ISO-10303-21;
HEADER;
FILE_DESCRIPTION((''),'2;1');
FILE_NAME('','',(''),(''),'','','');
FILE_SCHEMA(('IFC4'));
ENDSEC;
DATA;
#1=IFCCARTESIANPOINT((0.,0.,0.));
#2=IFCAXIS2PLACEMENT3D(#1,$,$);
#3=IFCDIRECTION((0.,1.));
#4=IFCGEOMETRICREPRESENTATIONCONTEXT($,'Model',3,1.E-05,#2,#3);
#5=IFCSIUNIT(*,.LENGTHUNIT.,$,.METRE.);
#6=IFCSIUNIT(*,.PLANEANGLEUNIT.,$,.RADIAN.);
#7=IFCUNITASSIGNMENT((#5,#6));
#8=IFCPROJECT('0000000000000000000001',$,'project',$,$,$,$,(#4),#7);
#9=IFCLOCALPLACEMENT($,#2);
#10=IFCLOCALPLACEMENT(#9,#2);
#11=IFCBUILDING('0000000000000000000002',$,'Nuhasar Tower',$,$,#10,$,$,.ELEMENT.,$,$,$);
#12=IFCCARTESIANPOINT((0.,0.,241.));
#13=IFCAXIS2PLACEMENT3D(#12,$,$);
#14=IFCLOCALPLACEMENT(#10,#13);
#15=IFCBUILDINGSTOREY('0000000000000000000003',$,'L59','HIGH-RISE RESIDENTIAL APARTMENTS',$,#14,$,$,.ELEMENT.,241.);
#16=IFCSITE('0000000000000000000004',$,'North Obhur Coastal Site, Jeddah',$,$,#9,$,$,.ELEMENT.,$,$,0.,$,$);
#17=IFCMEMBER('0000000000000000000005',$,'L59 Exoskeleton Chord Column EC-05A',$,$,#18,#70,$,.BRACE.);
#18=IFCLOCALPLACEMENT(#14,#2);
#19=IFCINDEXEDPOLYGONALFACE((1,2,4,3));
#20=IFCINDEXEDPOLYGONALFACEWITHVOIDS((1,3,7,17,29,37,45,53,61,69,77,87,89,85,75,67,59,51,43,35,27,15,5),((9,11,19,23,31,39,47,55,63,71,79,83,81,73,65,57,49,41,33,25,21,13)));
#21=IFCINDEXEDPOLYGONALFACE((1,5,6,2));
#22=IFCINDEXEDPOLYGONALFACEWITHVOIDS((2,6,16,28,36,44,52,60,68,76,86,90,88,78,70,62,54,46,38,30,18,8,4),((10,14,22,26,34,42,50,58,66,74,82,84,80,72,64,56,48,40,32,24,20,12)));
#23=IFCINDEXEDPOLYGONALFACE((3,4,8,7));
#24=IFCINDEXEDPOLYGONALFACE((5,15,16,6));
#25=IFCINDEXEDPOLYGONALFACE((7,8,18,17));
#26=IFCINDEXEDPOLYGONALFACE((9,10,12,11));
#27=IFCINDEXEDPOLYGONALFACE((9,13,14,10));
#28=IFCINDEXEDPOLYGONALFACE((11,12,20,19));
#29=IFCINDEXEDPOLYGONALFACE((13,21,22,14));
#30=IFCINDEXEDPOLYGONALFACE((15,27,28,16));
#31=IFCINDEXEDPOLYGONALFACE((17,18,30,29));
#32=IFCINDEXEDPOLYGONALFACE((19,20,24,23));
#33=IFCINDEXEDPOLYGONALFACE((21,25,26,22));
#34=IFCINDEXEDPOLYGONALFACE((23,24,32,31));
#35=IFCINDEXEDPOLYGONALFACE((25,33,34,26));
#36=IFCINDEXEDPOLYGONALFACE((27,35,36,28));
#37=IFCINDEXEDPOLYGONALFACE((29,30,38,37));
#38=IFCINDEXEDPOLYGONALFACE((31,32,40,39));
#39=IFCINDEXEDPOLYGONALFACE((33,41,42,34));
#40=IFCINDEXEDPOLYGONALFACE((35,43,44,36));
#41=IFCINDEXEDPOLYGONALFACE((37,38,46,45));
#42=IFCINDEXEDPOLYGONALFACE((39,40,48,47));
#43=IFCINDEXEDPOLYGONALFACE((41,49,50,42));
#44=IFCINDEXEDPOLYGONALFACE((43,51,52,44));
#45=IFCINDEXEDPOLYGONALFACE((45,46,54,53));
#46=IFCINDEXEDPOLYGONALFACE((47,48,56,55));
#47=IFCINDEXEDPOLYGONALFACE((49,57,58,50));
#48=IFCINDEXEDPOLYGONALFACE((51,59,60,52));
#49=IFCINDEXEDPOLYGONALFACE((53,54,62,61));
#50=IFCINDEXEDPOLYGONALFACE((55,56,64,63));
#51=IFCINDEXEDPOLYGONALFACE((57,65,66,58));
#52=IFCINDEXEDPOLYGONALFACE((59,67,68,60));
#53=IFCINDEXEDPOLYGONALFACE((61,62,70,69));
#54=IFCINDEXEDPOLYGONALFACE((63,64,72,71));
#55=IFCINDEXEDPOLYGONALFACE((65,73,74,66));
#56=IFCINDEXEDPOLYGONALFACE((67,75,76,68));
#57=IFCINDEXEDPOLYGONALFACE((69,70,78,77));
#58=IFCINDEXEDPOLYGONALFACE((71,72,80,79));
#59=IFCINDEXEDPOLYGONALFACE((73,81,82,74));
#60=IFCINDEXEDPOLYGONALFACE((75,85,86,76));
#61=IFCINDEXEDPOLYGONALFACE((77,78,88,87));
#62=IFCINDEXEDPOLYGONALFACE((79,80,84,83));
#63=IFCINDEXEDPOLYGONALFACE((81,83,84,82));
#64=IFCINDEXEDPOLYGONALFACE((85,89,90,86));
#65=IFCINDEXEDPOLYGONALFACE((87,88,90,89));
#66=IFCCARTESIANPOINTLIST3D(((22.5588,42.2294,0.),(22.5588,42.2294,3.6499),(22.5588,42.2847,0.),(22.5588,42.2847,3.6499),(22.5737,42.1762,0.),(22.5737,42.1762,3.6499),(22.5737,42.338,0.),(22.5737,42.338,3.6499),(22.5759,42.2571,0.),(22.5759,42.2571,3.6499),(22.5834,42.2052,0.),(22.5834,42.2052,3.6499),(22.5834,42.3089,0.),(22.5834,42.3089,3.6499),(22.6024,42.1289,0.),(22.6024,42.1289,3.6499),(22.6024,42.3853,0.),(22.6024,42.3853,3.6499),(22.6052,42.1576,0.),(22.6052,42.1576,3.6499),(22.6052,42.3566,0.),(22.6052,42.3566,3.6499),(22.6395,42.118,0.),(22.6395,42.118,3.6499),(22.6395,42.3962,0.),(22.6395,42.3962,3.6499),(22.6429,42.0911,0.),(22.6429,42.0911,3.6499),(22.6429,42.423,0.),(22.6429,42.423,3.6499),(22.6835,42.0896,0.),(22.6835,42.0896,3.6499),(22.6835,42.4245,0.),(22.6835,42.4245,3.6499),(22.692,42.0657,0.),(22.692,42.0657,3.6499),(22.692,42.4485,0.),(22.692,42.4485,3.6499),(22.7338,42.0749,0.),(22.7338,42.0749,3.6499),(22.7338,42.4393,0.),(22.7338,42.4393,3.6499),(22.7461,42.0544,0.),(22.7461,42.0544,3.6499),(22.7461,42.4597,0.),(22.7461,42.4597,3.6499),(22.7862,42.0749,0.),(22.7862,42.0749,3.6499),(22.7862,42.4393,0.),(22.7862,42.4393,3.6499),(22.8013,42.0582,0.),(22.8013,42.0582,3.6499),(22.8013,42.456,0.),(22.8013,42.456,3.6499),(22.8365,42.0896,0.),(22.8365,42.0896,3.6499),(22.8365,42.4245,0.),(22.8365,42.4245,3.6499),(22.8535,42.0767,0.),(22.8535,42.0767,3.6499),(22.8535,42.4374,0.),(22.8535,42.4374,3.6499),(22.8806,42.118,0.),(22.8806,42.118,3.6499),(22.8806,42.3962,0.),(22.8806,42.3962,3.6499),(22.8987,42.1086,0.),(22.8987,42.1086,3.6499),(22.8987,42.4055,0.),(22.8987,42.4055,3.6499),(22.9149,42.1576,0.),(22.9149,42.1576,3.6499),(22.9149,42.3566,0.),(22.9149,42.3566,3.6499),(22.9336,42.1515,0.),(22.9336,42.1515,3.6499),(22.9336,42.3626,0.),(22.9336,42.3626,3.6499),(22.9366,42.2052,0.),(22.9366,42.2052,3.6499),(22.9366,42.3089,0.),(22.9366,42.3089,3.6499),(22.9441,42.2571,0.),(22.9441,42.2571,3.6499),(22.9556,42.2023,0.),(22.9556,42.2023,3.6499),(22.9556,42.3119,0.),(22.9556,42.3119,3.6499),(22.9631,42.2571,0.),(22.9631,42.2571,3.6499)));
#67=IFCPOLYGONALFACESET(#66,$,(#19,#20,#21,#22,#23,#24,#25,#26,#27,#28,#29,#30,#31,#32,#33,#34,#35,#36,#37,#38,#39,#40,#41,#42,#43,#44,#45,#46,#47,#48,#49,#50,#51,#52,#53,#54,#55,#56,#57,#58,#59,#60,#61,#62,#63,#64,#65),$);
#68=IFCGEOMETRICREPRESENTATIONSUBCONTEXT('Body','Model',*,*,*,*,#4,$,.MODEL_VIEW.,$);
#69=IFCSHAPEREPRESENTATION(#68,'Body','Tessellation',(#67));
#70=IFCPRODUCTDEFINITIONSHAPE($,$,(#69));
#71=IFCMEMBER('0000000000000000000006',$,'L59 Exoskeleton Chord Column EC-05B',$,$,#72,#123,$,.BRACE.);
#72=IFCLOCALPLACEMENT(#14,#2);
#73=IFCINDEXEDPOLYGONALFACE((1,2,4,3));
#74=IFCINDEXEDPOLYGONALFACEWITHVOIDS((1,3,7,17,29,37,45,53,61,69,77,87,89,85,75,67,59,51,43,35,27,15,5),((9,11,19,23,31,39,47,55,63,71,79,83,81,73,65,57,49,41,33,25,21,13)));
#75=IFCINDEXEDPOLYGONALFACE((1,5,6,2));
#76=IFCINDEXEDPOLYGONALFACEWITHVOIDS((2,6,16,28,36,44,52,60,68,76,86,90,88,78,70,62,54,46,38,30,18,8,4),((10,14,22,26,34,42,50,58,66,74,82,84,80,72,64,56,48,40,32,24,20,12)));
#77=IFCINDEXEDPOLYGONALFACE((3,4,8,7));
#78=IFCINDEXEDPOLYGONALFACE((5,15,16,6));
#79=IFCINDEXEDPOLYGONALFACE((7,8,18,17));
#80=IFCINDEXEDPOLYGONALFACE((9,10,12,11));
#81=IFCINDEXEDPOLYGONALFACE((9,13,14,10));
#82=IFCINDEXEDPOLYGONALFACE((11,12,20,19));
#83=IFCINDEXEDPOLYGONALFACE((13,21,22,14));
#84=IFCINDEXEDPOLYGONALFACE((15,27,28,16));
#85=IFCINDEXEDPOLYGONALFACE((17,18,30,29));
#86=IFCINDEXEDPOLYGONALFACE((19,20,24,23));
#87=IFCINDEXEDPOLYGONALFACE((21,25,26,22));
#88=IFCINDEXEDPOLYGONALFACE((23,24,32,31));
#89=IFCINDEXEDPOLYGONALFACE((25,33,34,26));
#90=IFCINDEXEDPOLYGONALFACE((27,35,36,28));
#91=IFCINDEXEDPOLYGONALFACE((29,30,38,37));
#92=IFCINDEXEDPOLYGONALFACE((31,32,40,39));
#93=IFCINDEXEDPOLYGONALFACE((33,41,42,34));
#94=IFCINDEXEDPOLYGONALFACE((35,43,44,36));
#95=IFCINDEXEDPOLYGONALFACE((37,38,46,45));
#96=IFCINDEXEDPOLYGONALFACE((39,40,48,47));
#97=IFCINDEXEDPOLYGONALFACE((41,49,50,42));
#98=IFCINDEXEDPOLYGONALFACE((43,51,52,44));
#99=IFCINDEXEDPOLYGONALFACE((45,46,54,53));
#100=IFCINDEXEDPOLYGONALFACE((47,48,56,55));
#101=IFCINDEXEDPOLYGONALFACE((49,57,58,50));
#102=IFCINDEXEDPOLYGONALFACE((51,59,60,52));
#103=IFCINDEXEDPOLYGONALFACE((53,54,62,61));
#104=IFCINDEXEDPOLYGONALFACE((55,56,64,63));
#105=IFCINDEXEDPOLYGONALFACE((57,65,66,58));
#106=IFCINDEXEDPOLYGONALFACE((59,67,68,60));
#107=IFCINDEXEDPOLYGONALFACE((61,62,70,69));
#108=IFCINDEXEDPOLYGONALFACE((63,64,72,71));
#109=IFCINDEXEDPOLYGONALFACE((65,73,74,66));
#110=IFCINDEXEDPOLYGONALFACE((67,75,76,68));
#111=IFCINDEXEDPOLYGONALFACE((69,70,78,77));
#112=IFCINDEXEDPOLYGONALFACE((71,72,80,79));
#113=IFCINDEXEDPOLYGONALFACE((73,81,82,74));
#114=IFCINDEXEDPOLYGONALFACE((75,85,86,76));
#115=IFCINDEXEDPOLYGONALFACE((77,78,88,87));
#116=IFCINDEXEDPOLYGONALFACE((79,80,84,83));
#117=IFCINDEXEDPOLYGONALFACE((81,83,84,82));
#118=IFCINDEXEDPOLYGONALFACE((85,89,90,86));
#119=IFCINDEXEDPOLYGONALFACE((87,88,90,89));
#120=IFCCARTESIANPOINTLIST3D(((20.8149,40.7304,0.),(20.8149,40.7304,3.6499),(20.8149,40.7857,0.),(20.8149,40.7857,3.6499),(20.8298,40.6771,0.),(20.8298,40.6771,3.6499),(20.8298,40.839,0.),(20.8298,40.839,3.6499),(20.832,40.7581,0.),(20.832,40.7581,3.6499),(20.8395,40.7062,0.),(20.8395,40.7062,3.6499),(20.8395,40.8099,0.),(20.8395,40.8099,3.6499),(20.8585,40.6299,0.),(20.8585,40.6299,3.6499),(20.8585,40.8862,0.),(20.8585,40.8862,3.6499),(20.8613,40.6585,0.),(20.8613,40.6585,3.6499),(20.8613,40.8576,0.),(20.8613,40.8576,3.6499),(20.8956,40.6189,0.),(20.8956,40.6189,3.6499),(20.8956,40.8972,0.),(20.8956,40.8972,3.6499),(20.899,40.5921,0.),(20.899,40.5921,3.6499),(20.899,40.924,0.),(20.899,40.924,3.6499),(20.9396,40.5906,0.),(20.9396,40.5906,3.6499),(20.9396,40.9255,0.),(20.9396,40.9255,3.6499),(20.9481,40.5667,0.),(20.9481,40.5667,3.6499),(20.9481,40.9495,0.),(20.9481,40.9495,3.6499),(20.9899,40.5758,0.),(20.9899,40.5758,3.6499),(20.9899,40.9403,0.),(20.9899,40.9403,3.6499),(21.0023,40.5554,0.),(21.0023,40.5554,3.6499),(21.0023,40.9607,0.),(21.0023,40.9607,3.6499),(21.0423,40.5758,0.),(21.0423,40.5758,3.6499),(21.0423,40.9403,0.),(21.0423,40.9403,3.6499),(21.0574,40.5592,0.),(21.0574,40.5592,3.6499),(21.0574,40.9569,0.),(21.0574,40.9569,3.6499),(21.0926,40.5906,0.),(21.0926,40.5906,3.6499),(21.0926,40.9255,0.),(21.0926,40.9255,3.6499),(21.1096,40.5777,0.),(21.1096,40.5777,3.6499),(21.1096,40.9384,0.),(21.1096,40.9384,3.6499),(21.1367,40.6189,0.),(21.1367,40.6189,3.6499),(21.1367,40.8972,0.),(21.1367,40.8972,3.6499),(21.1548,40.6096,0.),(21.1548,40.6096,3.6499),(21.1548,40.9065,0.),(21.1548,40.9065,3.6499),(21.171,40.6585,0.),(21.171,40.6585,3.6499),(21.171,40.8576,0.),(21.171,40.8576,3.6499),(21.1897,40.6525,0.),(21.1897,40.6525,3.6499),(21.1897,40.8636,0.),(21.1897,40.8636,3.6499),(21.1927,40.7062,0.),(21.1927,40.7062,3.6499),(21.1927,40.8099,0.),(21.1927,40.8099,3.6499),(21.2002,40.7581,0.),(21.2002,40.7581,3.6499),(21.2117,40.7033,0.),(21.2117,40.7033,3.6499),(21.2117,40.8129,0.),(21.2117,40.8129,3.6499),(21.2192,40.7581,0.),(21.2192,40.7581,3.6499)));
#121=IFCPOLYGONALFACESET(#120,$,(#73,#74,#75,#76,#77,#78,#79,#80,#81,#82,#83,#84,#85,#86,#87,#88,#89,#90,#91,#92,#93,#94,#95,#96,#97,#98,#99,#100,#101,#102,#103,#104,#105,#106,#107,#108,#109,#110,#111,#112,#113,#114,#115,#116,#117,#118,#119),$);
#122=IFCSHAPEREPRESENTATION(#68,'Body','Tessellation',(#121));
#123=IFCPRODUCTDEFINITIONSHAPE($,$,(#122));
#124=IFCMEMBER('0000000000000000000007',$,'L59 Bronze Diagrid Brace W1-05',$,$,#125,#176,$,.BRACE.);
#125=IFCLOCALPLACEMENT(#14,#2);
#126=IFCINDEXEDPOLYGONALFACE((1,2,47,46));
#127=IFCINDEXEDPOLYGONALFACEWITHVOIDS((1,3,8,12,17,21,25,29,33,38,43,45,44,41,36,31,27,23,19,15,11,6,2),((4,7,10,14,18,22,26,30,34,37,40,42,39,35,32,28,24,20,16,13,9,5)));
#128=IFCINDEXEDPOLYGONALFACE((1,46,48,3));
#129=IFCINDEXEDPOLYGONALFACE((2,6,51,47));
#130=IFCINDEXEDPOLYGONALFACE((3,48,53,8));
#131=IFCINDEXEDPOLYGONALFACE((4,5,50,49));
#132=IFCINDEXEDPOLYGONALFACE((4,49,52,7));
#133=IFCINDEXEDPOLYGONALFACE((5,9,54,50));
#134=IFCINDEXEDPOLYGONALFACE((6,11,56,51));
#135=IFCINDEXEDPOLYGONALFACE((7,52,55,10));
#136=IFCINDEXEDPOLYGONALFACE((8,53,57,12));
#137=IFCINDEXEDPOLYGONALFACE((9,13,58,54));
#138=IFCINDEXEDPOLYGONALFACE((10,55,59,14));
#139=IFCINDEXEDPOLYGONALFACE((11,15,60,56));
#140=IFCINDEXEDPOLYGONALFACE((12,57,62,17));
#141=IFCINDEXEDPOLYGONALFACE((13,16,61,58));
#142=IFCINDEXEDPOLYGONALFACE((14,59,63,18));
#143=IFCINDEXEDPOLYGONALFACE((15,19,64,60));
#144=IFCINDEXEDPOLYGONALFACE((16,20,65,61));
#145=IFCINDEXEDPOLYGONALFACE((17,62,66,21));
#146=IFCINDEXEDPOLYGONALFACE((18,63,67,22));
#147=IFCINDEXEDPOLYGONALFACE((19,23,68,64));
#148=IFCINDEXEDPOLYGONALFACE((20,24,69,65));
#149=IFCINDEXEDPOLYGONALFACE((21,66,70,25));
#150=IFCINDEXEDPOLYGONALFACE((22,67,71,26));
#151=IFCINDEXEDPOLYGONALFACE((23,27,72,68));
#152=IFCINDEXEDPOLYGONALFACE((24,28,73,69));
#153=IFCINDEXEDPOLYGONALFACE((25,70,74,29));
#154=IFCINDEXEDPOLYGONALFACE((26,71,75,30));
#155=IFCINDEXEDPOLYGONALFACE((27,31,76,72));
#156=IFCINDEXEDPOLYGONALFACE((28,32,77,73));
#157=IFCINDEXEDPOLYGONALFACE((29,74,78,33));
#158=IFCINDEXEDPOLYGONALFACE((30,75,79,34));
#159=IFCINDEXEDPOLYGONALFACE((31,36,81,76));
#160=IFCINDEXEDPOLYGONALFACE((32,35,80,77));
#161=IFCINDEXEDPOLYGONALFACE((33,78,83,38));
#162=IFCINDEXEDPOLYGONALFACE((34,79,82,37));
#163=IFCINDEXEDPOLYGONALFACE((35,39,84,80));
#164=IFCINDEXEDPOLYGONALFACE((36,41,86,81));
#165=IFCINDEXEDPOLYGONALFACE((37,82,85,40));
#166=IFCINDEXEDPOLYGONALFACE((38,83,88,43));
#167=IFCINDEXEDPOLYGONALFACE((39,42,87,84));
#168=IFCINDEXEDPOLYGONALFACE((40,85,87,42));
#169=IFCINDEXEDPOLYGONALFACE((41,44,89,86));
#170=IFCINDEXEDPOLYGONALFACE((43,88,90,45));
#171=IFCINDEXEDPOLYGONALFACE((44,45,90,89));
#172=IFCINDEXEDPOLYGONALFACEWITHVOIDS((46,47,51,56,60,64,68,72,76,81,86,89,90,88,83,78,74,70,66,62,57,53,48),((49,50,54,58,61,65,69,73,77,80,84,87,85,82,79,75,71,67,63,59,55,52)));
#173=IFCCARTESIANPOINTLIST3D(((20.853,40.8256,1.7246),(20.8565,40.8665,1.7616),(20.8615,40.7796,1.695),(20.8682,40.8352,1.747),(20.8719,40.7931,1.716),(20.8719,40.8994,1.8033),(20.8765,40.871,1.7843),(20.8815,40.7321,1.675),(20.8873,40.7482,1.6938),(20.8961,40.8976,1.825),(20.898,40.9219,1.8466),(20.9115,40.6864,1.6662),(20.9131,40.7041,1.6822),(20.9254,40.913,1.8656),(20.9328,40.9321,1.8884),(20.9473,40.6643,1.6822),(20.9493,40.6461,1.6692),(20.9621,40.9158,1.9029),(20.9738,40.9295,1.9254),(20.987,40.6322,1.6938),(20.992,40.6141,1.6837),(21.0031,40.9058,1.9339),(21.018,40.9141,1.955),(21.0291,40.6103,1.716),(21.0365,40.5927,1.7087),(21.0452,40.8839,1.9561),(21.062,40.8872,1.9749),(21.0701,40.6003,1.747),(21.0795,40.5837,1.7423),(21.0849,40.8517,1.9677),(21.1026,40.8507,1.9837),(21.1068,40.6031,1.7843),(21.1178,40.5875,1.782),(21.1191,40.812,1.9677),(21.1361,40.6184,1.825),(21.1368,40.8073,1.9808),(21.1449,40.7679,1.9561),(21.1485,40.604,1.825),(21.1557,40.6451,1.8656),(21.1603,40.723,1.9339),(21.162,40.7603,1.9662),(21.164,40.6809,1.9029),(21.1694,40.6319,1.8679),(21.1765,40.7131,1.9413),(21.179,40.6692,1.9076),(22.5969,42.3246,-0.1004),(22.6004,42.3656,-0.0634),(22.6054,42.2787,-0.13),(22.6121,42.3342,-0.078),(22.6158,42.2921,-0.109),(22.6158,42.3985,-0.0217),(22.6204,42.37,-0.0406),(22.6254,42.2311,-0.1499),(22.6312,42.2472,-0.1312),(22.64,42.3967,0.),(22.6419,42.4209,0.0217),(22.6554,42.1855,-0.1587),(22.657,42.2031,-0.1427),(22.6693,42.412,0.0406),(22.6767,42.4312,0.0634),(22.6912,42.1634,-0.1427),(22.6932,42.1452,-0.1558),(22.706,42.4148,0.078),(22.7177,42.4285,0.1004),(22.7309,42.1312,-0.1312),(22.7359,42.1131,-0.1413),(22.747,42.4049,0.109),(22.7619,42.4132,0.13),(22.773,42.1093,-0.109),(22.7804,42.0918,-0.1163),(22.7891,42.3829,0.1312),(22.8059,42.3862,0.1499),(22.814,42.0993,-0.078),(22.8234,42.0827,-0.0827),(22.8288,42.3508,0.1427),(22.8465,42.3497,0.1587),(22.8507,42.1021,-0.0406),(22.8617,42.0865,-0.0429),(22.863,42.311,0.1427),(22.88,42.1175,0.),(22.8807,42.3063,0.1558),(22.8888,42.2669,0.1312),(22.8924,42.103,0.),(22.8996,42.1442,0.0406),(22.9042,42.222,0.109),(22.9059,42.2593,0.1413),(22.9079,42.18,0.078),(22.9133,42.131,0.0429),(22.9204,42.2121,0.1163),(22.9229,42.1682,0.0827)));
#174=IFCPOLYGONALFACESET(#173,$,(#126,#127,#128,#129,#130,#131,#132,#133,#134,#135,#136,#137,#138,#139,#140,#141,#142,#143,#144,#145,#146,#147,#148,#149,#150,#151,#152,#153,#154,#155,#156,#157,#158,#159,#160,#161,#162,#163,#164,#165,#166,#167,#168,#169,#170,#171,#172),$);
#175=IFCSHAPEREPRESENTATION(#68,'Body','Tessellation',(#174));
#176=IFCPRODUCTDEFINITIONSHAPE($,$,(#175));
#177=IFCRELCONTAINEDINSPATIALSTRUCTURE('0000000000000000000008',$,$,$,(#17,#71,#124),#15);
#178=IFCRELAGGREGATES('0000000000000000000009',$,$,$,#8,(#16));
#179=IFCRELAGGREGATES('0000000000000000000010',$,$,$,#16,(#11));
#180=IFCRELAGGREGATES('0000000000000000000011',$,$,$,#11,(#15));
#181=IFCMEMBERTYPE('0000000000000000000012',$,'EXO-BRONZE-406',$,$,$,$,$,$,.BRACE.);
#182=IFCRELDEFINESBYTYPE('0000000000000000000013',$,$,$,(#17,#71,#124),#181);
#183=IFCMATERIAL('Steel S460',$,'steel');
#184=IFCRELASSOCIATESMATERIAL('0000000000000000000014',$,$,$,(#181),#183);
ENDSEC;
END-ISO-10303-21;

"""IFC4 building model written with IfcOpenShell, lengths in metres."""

from ifc_helpers import new_model, si_unit, direction, frame, origin, origin_2d, place, context, subcontext, project, spatial, hollow_circle, extrude, material, material_profile, profile_set, type_object, element, save


model = new_model("IFC4")

# Units and contexts
model_context = context("Model", 3, precision=1e-05, world=origin(), true_north=direction((0.0, 1.0)))
body_context = subcontext(model_context, "Body", "Model", "MODEL_VIEW")
ifc_project = project(units=[si_unit("LENGTHUNIT", "METRE"), si_unit("PLANEANGLEUNIT", "RADIAN")], contexts=[model_context])

# Site, building, storey
site_placement = place(None, origin())
site = spatial("IfcSite", under=ifc_project, at=site_placement, Name="North Obhur Coastal Site, Jeddah", CompositionType="ELEMENT", RefElevation=0.0)
building_placement = place(site_placement, origin())
building = spatial("IfcBuilding", under=site, at=building_placement, Name="Nuhasar Tower", CompositionType="ELEMENT")
storey_placement = place(building_placement, frame((0.0, 0.0, 241.0)))
storey = spatial("IfcBuildingStorey", under=building, at=storey_placement, Name="L59", Description="HIGH-RISE RESIDENTIAL APARTMENTS", CompositionType="ELEMENT", Elevation=241.0)

# Members
ifc_material_1 = material(Name="Steel S460", Category="steel")
ifc_material_profile_1 = material_profile(ifc_material_1, hollow_circle(Radius=0.2031, WallThickness=0.019, at=origin_2d()), Name="HSS406.4X19.1")
ifc_profile_set_1 = profile_set([ifc_material_profile_1], Name="Steel S460")
member_type_1 = type_object("IfcMemberType", Name="EXO-BRONZE-406", PredefinedType="BRACE", material=ifc_profile_set_1)
for number, where, z_axis, x_axis, name in (
    (1, (22.76, 42.2571, 0.0), (0.0, 0.0, 1.0), (1.0, 0.0, 0.0), "L59 Exoskeleton Chord Column EC-05A"),
    (2, (21.0161, 40.7581, 0.0), (0.0, 0.0, 1.0), (1.0, 0.0, 0.0), "L59 Exoskeleton Chord Column EC-05B"),
):
    element("IfcMember", number, at=place(storey_placement, frame(where, z_axis=z_axis, x_axis=x_axis)), inside=storey, type_object=member_type_1, Name=name, PredefinedType="BRACE", context=body_context, shape_type="SweptSolid", body=[
        extrude(hollow_circle(Radius=0.2031, WallThickness=0.019, at=origin_2d()), origin(), (0.0, 0.0, 1.0), 3.6499),
    ])
for number, where, z_axis, x_axis, name in (
    (3, (22.76, 42.2571, 0.0), (-0.594019, -0.510608, 0.621628), (0.651857, -0.758342, 0.0), "L59 Bronze Diagrid Brace W1-05"),
):
    element("IfcMember", number, at=place(storey_placement, frame(where, z_axis=z_axis, x_axis=x_axis)), inside=storey, type_object=member_type_1, Name=name, PredefinedType="BRACE", context=body_context, shape_type="SweptSolid", body=[
        extrude(hollow_circle(Radius=0.2031, WallThickness=0.019, at=origin_2d()), origin(), (0.0, 0.0, 1.0), 2.9358),
    ])

save(model, "model.ifc")
